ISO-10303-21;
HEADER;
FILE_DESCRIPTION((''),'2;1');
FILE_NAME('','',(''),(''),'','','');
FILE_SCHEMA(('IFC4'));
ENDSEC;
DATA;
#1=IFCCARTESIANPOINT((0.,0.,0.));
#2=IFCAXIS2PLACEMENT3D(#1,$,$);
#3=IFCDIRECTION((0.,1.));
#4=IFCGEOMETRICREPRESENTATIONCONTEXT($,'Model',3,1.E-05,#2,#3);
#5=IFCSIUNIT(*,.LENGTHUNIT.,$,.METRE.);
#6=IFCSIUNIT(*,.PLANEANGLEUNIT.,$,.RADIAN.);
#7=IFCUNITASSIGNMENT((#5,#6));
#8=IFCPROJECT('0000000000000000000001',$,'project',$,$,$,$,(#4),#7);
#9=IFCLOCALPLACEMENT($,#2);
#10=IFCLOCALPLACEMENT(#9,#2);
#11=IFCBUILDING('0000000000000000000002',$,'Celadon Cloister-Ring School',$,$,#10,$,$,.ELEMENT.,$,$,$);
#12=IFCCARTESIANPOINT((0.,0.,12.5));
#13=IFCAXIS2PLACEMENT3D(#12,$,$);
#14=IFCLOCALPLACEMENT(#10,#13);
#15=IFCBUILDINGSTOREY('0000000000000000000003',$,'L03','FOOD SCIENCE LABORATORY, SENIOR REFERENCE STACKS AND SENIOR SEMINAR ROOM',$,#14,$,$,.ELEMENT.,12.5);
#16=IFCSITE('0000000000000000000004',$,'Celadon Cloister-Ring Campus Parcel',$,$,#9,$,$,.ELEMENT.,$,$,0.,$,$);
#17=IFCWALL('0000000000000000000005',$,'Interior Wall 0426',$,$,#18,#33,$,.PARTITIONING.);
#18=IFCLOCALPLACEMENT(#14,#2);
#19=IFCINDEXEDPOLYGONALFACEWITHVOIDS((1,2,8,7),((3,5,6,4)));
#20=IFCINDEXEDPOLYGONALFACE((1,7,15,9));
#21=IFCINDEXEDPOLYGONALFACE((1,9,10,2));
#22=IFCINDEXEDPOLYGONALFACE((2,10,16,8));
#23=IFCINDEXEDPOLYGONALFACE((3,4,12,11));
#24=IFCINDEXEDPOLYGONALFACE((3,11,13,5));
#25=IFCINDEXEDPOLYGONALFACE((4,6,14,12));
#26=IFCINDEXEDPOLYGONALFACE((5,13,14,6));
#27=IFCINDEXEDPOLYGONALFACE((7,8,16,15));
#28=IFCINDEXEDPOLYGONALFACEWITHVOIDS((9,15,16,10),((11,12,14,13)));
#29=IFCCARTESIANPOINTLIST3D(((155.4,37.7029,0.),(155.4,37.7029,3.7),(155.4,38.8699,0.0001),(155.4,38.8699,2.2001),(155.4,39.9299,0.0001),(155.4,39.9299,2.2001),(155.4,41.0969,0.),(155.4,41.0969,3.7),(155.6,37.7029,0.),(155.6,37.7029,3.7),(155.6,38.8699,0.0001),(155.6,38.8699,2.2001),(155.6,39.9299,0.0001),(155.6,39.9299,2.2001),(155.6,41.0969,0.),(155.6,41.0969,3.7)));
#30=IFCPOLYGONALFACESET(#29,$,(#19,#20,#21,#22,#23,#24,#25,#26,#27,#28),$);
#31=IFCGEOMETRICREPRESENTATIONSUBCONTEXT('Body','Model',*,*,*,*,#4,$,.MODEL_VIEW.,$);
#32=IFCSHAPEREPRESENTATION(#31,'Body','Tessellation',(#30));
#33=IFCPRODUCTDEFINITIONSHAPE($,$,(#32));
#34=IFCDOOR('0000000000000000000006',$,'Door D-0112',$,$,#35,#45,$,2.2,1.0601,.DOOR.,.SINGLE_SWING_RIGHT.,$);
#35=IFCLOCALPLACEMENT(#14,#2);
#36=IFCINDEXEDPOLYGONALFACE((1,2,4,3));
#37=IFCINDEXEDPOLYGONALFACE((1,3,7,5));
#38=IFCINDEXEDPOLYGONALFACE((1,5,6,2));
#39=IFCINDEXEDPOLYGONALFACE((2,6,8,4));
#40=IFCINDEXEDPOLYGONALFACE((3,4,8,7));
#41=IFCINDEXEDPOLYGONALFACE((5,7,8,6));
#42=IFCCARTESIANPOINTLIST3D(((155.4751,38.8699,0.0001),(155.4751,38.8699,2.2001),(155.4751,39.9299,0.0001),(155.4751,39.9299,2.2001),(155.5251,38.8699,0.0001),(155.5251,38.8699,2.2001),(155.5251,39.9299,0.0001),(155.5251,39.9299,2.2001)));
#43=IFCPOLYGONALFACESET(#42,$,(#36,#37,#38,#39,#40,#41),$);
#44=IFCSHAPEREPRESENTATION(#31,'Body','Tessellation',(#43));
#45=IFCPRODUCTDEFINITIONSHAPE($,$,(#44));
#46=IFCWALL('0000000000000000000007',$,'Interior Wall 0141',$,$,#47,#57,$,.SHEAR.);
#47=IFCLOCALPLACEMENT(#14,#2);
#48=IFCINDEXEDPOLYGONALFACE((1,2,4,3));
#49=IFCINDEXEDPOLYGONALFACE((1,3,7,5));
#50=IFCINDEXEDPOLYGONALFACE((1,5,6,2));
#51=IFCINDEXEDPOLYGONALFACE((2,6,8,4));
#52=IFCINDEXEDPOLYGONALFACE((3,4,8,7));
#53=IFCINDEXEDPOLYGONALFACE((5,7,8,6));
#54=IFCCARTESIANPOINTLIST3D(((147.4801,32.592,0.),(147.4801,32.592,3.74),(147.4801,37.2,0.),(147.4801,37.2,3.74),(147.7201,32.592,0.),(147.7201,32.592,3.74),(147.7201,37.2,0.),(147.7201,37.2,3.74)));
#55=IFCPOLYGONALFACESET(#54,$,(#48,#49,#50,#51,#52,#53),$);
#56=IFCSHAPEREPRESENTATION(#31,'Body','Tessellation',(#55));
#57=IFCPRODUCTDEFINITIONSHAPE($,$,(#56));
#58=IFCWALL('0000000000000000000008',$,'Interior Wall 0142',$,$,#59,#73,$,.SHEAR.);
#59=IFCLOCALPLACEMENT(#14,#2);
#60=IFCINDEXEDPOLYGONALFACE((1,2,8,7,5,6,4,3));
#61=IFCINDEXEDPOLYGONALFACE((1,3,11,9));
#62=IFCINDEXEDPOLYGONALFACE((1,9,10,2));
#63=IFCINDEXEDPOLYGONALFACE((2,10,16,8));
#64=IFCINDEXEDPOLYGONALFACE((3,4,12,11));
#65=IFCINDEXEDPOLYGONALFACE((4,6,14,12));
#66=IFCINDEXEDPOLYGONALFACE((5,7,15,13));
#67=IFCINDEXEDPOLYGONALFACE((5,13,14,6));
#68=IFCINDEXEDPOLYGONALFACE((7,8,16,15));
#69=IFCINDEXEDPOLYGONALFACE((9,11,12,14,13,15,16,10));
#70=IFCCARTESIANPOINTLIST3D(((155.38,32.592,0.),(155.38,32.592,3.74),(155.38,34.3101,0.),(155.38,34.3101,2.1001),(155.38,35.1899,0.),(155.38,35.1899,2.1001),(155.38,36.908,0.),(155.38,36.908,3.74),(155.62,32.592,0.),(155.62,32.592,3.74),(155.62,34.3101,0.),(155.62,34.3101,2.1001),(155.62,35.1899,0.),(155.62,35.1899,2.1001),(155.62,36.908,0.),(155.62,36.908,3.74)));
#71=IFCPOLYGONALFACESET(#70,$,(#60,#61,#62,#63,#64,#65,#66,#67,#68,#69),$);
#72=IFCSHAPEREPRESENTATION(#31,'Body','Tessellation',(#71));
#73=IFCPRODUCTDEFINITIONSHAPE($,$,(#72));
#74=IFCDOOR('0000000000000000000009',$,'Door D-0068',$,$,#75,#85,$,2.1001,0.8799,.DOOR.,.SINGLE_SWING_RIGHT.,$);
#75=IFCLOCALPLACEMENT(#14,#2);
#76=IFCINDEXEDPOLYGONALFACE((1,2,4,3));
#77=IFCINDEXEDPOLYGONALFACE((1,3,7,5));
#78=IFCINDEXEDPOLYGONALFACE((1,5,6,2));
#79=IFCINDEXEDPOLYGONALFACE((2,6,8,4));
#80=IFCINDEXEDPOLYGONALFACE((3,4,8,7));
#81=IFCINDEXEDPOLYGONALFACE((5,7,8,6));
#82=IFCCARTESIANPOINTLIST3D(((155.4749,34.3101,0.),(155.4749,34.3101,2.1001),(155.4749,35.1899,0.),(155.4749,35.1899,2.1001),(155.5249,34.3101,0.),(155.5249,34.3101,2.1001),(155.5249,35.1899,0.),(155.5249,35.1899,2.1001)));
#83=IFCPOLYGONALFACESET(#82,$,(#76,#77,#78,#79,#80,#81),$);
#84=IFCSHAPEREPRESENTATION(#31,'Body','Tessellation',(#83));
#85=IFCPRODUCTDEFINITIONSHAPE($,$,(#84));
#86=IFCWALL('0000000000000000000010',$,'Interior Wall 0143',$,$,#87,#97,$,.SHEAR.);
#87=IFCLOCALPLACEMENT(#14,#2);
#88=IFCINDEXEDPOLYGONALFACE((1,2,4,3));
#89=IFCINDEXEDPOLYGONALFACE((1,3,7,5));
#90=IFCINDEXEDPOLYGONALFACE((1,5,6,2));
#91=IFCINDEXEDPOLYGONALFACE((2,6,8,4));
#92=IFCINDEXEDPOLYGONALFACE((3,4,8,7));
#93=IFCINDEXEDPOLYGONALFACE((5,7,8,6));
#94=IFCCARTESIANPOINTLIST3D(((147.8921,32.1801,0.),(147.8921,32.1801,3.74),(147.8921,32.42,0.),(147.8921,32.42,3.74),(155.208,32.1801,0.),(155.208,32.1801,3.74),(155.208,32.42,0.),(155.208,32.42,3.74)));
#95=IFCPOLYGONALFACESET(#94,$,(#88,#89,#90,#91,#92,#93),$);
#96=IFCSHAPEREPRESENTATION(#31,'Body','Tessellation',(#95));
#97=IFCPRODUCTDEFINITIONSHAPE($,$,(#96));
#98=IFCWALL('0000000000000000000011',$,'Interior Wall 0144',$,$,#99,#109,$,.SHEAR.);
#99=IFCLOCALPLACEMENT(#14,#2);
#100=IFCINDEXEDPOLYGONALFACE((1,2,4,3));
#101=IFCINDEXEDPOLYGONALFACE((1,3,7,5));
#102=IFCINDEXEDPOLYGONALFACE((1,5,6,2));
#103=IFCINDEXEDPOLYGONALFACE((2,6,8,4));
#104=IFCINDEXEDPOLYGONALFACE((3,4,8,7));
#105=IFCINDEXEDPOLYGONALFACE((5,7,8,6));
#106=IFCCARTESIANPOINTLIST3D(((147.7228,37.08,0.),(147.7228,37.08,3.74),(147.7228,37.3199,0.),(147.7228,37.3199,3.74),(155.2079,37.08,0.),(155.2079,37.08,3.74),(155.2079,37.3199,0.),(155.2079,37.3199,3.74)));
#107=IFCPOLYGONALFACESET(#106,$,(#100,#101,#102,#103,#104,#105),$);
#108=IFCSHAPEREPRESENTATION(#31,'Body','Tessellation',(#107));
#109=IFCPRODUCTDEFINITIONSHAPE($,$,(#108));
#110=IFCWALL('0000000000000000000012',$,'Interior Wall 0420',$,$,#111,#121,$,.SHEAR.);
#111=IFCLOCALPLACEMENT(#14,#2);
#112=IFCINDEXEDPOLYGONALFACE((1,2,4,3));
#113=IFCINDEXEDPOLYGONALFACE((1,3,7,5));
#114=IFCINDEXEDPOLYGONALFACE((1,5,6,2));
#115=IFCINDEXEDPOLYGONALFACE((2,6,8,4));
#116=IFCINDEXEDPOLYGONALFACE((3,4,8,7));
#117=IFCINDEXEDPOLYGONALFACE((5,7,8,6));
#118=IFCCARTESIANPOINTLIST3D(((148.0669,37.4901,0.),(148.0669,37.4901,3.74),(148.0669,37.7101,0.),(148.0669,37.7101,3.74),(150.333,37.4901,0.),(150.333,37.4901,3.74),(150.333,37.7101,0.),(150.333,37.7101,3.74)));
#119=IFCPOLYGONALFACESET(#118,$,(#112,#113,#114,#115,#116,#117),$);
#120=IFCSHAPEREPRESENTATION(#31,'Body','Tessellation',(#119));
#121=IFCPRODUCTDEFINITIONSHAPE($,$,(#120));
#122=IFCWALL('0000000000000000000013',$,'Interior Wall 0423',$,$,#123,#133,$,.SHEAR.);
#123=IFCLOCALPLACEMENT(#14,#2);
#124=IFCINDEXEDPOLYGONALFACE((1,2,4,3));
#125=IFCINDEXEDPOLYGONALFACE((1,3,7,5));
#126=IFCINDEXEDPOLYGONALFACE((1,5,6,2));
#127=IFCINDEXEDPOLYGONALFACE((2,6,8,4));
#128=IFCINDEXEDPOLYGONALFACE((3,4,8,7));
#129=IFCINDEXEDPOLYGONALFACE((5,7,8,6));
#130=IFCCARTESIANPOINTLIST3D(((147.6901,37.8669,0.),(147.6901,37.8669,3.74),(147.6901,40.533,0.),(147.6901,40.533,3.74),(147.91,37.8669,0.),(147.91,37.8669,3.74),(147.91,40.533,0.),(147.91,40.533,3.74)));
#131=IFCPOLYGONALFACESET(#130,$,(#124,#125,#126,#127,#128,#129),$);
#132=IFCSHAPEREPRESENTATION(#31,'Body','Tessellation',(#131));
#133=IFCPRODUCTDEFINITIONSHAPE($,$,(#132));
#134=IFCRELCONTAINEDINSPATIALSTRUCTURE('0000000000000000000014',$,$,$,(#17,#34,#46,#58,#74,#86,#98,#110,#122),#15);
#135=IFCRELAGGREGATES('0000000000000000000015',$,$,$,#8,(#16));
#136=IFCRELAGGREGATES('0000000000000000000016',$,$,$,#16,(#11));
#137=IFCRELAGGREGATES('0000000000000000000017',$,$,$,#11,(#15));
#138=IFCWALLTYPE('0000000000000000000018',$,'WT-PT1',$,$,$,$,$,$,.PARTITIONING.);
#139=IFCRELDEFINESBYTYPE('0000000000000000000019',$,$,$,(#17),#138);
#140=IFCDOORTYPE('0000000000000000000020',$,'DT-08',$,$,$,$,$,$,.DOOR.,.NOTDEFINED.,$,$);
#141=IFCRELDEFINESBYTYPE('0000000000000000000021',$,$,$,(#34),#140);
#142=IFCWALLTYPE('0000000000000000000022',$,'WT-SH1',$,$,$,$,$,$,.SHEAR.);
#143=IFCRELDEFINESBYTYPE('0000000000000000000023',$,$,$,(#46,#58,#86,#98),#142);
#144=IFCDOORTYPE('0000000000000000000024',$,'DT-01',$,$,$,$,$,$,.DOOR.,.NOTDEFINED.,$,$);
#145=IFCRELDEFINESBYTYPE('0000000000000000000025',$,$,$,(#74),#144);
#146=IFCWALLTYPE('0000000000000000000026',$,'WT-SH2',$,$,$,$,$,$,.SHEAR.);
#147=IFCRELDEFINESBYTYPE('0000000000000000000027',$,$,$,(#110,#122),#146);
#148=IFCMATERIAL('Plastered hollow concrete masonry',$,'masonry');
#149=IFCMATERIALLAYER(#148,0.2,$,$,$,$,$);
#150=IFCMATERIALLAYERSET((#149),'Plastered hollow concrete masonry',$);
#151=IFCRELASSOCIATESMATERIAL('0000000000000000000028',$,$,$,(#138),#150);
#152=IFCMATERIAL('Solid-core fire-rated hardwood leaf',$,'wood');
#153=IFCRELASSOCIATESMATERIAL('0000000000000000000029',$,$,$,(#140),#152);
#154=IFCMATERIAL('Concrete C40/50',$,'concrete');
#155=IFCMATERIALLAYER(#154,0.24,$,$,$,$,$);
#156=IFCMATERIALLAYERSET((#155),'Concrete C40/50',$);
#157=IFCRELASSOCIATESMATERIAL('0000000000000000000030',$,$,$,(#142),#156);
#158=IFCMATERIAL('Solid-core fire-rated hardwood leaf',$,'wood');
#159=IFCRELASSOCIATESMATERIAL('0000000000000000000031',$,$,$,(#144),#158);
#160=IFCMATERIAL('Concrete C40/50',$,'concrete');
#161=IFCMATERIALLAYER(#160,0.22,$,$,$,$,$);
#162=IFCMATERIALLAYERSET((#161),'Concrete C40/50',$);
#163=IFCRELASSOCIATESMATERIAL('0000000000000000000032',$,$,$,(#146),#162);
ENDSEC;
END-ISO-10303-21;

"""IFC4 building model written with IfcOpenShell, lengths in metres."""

from ifc_helpers import new_model, si_unit, direction, frame, frame_2d, origin, place, context, subcontext, project, spatial, rectangle, extrude, material, layer, layer_set, type_object, element, fill, save


model = new_model("IFC4")

# Units and contexts
model_context = context("Model", 3, precision=1e-05, world=origin(), true_north=direction((0.0, 1.0)))
body_context = subcontext(model_context, "Body", "Model", "MODEL_VIEW")
ifc_project = project(units=[si_unit("LENGTHUNIT", "METRE"), si_unit("PLANEANGLEUNIT", "RADIAN")], contexts=[model_context])

# Site, building, storey
site_placement = place(None, origin())
site = spatial("IfcSite", under=ifc_project, at=site_placement, Name="Celadon Cloister-Ring Campus Parcel", CompositionType="ELEMENT", RefElevation=0.0)
building_placement = place(site_placement, origin())
building = spatial("IfcBuilding", under=site, at=building_placement, Name="Celadon Cloister-Ring School", CompositionType="ELEMENT")
storey_placement = place(building_placement, frame((0.0, 0.0, 12.5)))
storey = spatial("IfcBuildingStorey", under=building, at=storey_placement, Name="L03", Description="FOOD SCIENCE LABORATORY, SENIOR REFERENCE STACKS AND SENIOR SEMINAR ROOM", CompositionType="ELEMENT", Elevation=12.5)

# Shared definitions
ifc_material_1 = material(Name="Plastered hollow concrete masonry", Category="masonry")
ifc_layer_1 = layer(ifc_material_1, 0.2)
ifc_layer_set_1 = layer_set([ifc_layer_1], Name="Plastered hollow concrete masonry")
wall_type_1 = type_object("IfcWallType", Name="WT-PT1", PredefinedType="PARTITIONING", material=ifc_layer_set_1)

# Wall, opening, door
wall_1_placement = place(storey_placement, frame((155.5, 37.7029, 0.0), z_axis=(0.0, 0.0, 1.0), x_axis=(0.0, 1.0, 0.0)))
wall_1 = element("IfcWall", 1, at=wall_1_placement, inside=storey, type_object=wall_type_1, Name="Interior Wall 0426", PredefinedType="PARTITIONING", context=body_context, shape_type="SweptSolid", body=[
    extrude(rectangle(XDim=3.394, YDim=0.2, at=frame_2d((1.697, 0.0))), origin(), (0.0, 0.0, 1.0), 3.7),
])
opening_1_placement = place(wall_1_placement, frame((1.167, 0.0, 0.0)))
opening_1 = element("IfcOpeningElement", 2, at=opening_1_placement, cuts=wall_1, PredefinedType="OPENING", context=body_context, shape_type="SweptSolid", body=[
    extrude(rectangle(XDim=1.0601, YDim=2.2, at=frame_2d((0.53, 1.1001))), frame((0.0, 0.1099, 0.0), z_axis=(0.0, -1.0, 0.0), x_axis=(1.0, 0.0, 0.0)), (0.0, 0.0, 1.0), 0.22),
])
ifc_material_2 = material(Name="Solid-core fire-rated hardwood leaf", Category="wood")
door_type_1 = type_object("IfcDoorType", Name="DT-08", OperationType="NOTDEFINED", PredefinedType="DOOR", material=ifc_material_2)
door_1_placement = place(opening_1_placement, origin())
door_1 = element("IfcDoor", 3, at=door_1_placement, inside=storey, type_object=door_type_1, Name="Door D-0112", OperationType="SINGLE_SWING_RIGHT", OverallHeight=2.2, OverallWidth=1.0601, PredefinedType="DOOR", context=body_context, shape_type="SweptSolid", body=[
    extrude(rectangle(XDim=1.0601, YDim=2.2, at=frame_2d((0.53, 1.1001))), frame((0.0, 0.0249, 0.0), z_axis=(0.0, -1.0, 0.0), x_axis=(1.0, 0.0, 0.0)), (0.0, 0.0, 1.0), 0.05),
])
fill(opening_1, door_1)

# Wall
ifc_material_3 = material(Name="Concrete C40/50", Category="concrete")
ifc_layer_2 = layer(ifc_material_3, 0.24)
ifc_layer_set_2 = layer_set([ifc_layer_2], Name="Concrete C40/50")
wall_type_2 = type_object("IfcWallType", Name="WT-SH1", PredefinedType="SHEAR", material=ifc_layer_set_2)
wall_2_placement = place(storey_placement, frame((147.6001, 32.592, 0.0), z_axis=(0.0, 0.0, 1.0), x_axis=(0.0, 1.0, 0.0)))
element("IfcWall", 4, at=wall_2_placement, inside=storey, type_object=wall_type_2, Name="Interior Wall 0141", PredefinedType="SHEAR", context=body_context, shape_type="SweptSolid", body=[
    extrude(rectangle(XDim=4.6079, YDim=0.24, at=frame_2d((2.304, 0.0))), origin(), (0.0, 0.0, 1.0), 3.74),
])

# Wall, opening, door
wall_3_placement = place(storey_placement, frame((155.5, 36.908, 0.0), z_axis=(0.0, 0.0, 1.0), x_axis=(0.0, -1.0, 0.0)))
wall_3 = element("IfcWall", 5, at=wall_3_placement, inside=storey, type_object=wall_type_2, Name="Interior Wall 0142", PredefinedType="SHEAR", context=body_context, shape_type="SweptSolid", body=[
    extrude(rectangle(XDim=4.3159, YDim=0.24, at=frame_2d((2.158, 0.0))), origin(), (0.0, 0.0, 1.0), 3.74),
])
opening_2_placement = place(wall_3_placement, frame((1.718, 0.0, 0.0)))
opening_2 = element("IfcOpeningElement", 6, at=opening_2_placement, cuts=wall_3, PredefinedType="OPENING", context=body_context, shape_type="SweptSolid", body=[
    extrude(rectangle(XDim=0.8799, YDim=2.1001, at=frame_2d((0.4399, 1.05))), frame((0.0, 0.1299, 0.0), z_axis=(0.0, -1.0, 0.0), x_axis=(1.0, 0.0, 0.0)), (0.0, 0.0, 1.0), 0.26),
])
ifc_material_4 = material(Name="Solid-core fire-rated hardwood leaf", Category="wood")
door_type_2 = type_object("IfcDoorType", Name="DT-01", OperationType="NOTDEFINED", PredefinedType="DOOR", material=ifc_material_4)
door_2_placement = place(opening_2_placement, origin())
door_2 = element("IfcDoor", 7, at=door_2_placement, inside=storey, type_object=door_type_2, Name="Door D-0068", OperationType="SINGLE_SWING_RIGHT", OverallHeight=2.1001, OverallWidth=0.8799, PredefinedType="DOOR", context=body_context, shape_type="SweptSolid", body=[
    extrude(rectangle(XDim=0.8799, YDim=2.1001, at=frame_2d((0.4399, 1.05))), frame((0.0, 0.0249, 0.0), z_axis=(0.0, -1.0, 0.0), x_axis=(1.0, 0.0, 0.0)), (0.0, 0.0, 1.0), 0.05),
])
fill(opening_2, door_2)

# Walls
wall_4_placement = place(storey_placement, frame((155.208, 32.3, 0.0), z_axis=(0.0, 0.0, 1.0), x_axis=(-1.0, 0.0, 0.0)))
element("IfcWall", 8, at=wall_4_placement, inside=storey, type_object=wall_type_2, Name="Interior Wall 0143", PredefinedType="SHEAR", context=body_context, shape_type="SweptSolid", body=[
    extrude(rectangle(XDim=7.3159, YDim=0.24, at=frame_2d((3.658, 0.0))), origin(), (0.0, 0.0, 1.0), 3.74),
])
wall_5_placement = place(storey_placement, frame((155.208, 37.2, 0.0), z_axis=(0.0, 0.0, 1.0), x_axis=(-1.0, 0.0, 0.0)))
element("IfcWall", 9, at=wall_5_placement, inside=storey, type_object=wall_type_2, Name="Interior Wall 0144", PredefinedType="SHEAR", context=body_context, shape_type="SweptSolid", body=[
    extrude(rectangle(XDim=7.4851, YDim=0.24, at=frame_2d((3.7427, 0.0))), origin(), (0.0, 0.0, 1.0), 3.74),
])
ifc_material_5 = material(Name="Concrete C40/50", Category="concrete")
ifc_layer_3 = layer(ifc_material_5, 0.22)
ifc_layer_set_3 = layer_set([ifc_layer_3], Name="Concrete C40/50")
wall_type_3 = type_object("IfcWallType", Name="WT-SH2", PredefinedType="SHEAR", material=ifc_layer_set_3)
wall_6_placement = place(storey_placement, frame((148.0669, 37.6001, 0.0), z_axis=(0.0, 0.0, 1.0), x_axis=(1.0, 0.0, 0.0)))
element("IfcWall", 10, at=wall_6_placement, inside=storey, type_object=wall_type_3, Name="Interior Wall 0420", PredefinedType="SHEAR", context=body_context, shape_type="SweptSolid", body=[
    extrude(rectangle(XDim=2.2661, YDim=0.22, at=frame_2d((1.1331, 0.0))), origin(), (0.0, 0.0, 1.0), 3.74),
])

# Wall
wall_7_placement = place(storey_placement, frame((147.8, 40.533, 0.0), z_axis=(0.0, 0.0, 1.0), x_axis=(0.0, -1.0, 0.0)))
element("IfcWall", 11, at=wall_7_placement, inside=storey, type_object=wall_type_3, Name="Interior Wall 0423", PredefinedType="SHEAR", context=body_context, shape_type="SweptSolid", body=[
    extrude(rectangle(XDim=2.666, YDim=0.22, at=frame_2d((1.333, 0.0))), origin(), (0.0, 0.0, 1.0), 3.74),
])

save(model, "model.ifc")
